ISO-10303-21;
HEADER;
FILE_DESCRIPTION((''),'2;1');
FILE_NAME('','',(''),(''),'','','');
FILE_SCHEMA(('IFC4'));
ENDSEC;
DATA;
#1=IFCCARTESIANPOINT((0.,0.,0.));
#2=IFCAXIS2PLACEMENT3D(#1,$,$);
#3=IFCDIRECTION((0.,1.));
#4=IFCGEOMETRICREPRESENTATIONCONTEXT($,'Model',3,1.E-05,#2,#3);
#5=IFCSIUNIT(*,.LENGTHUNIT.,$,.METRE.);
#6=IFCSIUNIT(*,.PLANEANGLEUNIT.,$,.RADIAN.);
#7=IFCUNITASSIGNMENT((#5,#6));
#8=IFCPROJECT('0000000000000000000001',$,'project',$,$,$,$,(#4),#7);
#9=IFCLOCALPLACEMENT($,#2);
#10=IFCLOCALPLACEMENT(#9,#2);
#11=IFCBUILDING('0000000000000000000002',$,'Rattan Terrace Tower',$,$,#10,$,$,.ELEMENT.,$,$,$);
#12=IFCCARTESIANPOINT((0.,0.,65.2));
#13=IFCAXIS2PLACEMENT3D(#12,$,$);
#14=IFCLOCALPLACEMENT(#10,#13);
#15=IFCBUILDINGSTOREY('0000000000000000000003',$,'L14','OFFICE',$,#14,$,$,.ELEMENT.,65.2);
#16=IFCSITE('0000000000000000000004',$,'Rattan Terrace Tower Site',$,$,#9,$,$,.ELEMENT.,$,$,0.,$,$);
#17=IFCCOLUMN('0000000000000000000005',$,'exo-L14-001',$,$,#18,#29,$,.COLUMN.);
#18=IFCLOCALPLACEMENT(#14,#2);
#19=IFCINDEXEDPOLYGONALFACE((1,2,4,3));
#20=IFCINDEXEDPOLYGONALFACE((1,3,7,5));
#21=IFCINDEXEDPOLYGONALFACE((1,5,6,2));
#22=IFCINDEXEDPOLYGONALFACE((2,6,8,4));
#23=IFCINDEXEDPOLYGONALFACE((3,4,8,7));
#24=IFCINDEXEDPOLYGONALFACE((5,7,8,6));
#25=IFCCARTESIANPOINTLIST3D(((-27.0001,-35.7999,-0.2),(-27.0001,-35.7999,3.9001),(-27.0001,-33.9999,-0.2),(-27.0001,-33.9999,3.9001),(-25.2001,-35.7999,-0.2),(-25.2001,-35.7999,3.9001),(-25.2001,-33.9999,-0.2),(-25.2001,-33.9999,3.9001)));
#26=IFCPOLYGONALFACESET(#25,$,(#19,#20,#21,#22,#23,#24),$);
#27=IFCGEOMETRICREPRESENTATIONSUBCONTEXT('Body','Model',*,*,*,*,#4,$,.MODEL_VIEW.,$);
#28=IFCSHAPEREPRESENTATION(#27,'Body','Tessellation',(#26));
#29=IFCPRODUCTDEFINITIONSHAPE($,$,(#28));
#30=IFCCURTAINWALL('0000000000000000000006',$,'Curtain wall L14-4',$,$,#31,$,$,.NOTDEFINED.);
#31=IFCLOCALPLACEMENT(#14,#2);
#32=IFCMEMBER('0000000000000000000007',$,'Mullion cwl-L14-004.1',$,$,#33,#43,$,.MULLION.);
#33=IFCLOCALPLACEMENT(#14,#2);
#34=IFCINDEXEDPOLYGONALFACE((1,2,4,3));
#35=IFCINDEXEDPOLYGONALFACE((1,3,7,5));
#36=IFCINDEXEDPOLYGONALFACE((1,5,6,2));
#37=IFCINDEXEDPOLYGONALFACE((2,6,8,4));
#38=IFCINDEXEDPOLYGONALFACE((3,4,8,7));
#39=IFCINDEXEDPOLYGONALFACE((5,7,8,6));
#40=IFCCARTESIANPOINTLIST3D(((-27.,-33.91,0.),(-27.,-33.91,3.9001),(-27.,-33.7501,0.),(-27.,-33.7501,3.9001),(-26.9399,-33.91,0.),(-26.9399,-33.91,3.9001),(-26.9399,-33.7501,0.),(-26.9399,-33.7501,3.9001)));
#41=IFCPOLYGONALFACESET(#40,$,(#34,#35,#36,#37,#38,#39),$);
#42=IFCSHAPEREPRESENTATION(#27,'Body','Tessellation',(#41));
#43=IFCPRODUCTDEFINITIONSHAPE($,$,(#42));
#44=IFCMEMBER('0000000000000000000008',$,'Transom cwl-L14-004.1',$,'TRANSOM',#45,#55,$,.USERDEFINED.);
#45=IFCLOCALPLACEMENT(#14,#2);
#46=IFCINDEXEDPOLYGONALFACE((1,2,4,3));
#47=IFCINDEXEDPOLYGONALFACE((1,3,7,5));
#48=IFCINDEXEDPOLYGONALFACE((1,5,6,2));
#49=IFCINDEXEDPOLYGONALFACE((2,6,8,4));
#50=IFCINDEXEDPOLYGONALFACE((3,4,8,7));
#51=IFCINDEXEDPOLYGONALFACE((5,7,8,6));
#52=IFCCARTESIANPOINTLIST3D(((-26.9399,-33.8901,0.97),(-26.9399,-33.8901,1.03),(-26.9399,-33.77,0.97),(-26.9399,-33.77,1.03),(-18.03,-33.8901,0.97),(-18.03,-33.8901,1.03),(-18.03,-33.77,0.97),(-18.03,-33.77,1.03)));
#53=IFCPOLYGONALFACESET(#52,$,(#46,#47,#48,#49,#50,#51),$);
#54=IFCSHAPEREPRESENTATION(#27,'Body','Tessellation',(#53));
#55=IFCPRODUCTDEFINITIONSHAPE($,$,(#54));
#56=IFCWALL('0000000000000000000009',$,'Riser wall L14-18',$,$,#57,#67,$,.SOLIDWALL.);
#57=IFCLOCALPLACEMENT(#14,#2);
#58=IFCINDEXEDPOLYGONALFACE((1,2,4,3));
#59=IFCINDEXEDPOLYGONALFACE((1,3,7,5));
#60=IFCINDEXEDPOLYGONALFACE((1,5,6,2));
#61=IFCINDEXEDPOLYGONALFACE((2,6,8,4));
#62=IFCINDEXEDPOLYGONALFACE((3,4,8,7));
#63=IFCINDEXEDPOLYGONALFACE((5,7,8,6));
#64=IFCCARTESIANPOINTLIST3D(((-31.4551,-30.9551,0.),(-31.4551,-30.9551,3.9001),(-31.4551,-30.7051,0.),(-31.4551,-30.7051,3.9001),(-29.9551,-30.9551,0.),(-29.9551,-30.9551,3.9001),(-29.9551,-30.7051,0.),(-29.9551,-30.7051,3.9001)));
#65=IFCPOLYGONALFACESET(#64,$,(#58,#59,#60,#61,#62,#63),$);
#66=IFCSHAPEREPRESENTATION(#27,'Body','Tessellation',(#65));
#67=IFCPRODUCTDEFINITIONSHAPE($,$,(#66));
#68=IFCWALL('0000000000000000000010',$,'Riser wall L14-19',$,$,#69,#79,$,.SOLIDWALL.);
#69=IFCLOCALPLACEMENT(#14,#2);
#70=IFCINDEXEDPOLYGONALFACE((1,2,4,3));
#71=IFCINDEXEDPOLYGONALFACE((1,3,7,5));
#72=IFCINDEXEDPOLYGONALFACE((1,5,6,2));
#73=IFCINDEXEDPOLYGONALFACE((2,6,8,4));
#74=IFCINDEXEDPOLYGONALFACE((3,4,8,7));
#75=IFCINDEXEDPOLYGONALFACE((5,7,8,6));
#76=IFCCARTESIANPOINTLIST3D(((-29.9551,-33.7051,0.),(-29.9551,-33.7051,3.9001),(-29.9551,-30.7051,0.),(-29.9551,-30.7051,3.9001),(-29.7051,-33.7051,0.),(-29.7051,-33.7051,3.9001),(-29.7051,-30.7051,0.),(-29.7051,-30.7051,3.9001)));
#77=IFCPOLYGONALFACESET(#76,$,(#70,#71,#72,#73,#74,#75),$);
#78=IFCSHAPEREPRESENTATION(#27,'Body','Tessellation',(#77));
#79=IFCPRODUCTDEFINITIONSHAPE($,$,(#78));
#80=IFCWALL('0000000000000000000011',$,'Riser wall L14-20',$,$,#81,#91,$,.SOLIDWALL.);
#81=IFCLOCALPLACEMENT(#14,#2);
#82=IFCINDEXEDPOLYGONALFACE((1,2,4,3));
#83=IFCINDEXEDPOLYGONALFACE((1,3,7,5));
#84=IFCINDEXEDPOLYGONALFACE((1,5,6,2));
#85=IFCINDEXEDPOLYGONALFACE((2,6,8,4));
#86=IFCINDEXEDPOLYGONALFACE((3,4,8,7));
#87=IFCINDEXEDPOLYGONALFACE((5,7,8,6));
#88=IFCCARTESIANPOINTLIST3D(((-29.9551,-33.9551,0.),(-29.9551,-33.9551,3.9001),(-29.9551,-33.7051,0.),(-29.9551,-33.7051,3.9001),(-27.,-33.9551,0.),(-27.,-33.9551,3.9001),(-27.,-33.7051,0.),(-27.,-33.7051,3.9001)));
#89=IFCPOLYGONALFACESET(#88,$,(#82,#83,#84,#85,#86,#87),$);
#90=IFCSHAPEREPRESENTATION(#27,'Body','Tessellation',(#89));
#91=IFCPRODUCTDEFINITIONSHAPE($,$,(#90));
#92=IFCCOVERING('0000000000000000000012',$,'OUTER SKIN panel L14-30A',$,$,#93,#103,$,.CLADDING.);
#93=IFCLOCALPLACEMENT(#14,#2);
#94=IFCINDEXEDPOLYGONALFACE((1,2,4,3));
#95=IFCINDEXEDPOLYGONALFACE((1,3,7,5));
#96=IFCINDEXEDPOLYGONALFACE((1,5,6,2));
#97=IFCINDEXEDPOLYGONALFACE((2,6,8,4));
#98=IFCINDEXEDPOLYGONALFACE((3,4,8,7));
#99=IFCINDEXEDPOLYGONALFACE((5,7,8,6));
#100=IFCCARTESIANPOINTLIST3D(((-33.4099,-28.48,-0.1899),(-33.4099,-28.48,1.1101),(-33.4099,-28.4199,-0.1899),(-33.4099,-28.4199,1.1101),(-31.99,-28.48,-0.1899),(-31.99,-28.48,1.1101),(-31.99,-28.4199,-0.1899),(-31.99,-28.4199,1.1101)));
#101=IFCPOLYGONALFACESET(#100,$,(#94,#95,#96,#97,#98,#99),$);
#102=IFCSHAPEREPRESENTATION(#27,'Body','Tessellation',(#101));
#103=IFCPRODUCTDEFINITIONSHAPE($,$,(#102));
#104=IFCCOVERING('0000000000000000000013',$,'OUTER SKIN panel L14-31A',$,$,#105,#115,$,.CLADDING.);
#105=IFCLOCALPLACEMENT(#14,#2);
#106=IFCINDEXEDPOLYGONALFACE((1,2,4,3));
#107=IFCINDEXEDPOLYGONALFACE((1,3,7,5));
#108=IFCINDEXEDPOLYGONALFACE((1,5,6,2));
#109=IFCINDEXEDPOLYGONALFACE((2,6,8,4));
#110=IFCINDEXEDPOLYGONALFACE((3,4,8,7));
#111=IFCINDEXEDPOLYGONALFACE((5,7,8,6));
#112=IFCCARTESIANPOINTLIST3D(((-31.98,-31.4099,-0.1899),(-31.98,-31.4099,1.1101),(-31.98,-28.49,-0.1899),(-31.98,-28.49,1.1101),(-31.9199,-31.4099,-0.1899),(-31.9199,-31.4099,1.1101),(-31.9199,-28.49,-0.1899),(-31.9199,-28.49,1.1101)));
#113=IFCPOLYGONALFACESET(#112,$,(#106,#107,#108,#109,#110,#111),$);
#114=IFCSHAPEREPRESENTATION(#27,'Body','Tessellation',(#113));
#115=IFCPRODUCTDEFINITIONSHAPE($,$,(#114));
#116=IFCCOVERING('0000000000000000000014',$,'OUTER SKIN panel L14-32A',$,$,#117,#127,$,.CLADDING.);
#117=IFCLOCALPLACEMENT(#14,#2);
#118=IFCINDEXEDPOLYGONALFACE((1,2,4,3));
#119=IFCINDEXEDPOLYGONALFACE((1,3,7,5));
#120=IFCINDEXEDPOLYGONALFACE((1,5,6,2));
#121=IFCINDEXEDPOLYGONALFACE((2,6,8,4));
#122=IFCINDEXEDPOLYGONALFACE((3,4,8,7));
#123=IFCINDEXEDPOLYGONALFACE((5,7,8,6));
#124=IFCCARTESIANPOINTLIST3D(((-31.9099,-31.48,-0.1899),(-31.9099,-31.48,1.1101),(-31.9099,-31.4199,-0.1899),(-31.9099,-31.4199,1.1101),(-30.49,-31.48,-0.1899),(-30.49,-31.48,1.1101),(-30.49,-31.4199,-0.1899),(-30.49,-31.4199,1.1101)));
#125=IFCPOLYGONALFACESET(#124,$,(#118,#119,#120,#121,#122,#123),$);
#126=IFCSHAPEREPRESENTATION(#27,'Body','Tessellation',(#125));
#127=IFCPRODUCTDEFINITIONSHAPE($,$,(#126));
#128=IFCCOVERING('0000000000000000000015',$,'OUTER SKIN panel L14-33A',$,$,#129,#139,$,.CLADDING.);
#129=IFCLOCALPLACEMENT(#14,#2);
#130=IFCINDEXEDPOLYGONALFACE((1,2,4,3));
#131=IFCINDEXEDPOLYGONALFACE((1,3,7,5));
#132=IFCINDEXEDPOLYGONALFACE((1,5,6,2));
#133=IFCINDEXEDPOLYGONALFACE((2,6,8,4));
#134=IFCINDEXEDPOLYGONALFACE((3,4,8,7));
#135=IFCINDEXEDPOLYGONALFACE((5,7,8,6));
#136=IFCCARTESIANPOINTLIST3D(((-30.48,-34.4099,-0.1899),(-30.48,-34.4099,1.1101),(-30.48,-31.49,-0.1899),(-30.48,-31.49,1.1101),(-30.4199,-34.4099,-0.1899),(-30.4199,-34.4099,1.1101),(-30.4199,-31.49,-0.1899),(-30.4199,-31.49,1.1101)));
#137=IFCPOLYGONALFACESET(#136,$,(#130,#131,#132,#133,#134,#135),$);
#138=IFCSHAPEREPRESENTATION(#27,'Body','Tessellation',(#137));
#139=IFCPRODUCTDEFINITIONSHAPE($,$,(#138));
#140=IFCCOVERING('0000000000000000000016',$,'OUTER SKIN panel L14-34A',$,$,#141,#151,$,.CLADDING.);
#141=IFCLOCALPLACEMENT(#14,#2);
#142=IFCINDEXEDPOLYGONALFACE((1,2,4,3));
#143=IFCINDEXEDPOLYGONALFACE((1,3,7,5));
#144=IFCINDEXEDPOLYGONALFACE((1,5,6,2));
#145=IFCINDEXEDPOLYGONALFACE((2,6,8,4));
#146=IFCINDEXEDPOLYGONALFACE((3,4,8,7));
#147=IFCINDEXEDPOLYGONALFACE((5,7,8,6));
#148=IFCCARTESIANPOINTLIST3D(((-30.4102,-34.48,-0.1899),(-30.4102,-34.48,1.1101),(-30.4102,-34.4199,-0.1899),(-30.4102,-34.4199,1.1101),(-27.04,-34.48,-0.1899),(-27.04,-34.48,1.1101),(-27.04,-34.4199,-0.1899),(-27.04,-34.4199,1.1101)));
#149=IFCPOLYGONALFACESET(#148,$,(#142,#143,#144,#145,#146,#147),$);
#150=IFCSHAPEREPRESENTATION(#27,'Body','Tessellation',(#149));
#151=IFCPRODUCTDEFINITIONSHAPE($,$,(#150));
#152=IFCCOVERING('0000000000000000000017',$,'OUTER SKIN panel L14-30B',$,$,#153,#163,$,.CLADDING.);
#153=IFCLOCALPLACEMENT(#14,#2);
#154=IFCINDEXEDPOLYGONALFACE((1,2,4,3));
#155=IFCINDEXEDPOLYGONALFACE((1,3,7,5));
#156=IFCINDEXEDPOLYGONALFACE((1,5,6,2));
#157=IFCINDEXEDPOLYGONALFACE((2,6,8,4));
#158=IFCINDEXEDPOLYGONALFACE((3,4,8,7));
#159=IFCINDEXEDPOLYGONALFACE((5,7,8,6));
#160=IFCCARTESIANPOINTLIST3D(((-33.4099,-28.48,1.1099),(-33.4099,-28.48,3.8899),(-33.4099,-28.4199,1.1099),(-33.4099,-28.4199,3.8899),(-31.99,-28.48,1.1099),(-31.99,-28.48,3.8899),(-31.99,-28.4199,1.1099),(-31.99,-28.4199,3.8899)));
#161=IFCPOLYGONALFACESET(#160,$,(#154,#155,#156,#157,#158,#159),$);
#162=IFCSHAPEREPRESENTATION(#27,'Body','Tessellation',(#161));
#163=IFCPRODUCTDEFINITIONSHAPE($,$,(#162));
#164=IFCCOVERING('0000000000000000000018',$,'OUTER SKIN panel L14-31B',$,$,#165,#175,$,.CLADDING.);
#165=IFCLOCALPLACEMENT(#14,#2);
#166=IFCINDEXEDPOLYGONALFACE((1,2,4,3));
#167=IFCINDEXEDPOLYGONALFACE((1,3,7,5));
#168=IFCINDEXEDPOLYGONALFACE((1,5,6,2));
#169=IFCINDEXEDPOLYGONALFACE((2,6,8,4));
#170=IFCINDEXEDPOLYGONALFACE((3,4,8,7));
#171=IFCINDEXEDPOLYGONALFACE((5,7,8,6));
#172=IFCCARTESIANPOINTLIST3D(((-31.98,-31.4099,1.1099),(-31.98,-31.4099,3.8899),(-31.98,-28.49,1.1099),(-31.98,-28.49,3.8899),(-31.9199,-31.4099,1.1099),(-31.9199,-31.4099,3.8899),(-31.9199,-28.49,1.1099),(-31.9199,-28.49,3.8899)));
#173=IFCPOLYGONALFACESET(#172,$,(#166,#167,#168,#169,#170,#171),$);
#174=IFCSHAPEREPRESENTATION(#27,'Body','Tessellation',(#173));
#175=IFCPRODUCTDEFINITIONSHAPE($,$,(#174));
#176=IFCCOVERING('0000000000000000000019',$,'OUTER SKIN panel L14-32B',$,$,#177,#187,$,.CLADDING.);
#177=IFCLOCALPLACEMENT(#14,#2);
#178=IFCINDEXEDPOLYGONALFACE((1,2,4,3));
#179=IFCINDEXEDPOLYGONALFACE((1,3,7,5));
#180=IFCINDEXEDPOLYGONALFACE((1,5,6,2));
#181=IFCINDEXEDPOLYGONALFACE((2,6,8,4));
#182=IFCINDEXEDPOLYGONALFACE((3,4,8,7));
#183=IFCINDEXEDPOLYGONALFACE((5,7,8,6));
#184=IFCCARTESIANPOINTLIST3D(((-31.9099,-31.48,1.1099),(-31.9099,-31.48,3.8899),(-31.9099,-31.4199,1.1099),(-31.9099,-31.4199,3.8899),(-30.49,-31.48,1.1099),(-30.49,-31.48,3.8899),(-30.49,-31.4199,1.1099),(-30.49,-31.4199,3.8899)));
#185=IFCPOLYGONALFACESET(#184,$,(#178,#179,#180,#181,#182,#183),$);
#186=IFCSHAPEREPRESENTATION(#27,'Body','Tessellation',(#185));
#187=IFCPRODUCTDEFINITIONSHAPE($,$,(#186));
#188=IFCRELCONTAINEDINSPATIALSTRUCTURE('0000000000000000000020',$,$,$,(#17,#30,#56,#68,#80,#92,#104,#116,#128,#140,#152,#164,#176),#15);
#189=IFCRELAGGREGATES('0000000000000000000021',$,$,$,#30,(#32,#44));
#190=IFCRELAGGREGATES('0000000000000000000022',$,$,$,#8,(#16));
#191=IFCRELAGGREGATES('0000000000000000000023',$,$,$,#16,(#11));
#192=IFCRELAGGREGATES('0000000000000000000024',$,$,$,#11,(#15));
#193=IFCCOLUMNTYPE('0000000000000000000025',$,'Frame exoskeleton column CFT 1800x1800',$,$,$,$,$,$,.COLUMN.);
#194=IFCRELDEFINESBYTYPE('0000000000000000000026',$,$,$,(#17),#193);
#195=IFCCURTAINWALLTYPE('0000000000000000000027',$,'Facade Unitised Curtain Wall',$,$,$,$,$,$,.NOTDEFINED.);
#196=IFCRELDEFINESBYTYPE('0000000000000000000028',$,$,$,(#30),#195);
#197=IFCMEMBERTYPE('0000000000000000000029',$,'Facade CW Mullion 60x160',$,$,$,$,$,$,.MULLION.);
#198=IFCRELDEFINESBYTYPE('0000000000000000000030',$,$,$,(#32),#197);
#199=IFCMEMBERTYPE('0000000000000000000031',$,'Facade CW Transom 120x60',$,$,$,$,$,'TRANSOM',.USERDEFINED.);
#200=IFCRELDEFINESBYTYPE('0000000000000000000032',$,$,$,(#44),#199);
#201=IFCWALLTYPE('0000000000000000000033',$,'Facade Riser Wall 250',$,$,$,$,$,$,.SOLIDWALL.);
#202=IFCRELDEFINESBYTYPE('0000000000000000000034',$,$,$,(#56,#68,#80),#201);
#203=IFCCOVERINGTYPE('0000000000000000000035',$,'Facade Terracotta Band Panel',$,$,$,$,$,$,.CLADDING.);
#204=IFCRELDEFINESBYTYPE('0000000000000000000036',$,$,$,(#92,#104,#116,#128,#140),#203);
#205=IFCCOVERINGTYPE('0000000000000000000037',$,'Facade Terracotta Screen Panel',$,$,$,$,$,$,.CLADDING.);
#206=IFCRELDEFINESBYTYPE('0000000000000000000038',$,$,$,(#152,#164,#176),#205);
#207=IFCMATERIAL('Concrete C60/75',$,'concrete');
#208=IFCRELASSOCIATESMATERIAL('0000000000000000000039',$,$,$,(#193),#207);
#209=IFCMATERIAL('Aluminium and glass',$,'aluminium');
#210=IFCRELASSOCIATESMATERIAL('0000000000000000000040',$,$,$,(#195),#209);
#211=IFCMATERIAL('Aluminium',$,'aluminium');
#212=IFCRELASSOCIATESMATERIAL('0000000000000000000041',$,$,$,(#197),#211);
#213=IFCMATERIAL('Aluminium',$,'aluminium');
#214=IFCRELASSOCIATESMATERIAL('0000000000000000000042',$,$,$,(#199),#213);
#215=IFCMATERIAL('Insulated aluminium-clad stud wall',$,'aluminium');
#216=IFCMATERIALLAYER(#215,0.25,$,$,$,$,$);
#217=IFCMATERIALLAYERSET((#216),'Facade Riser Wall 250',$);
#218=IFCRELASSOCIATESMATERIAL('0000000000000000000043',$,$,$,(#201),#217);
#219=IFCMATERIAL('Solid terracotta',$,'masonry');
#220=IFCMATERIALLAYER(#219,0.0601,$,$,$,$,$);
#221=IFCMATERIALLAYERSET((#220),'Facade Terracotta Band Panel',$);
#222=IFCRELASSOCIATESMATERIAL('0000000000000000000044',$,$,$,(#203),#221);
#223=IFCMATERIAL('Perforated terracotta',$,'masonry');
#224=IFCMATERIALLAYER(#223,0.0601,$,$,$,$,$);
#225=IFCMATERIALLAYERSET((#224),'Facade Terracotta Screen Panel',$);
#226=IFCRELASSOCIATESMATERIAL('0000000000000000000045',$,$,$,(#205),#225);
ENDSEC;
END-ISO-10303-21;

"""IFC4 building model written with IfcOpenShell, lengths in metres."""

from ifc_helpers import new_model, si_unit, direction, frame, frame_2d, origin, origin_2d, place, context, subcontext, project, spatial, rectangle, extrude, material, layer, layer_set, material_profile, profile_set, type_object, element, aggregate, save


model = new_model("IFC4")

# Units and contexts
model_context = context("Model", 3, precision=1e-05, world=origin(), true_north=direction((0.0, 1.0)))
body_context = subcontext(model_context, "Body", "Model", "MODEL_VIEW")
ifc_project = project(units=[si_unit("LENGTHUNIT", "METRE"), si_unit("PLANEANGLEUNIT", "RADIAN")], contexts=[model_context])

# Site, building, storey
site_placement = place(None, origin())
site = spatial("IfcSite", under=ifc_project, at=site_placement, Name="Rattan Terrace Tower Site", CompositionType="ELEMENT", RefElevation=0.0)
building_placement = place(site_placement, origin())
building = spatial("IfcBuilding", under=site, at=building_placement, Name="Rattan Terrace Tower", CompositionType="ELEMENT")
storey_placement = place(building_placement, frame((0.0, 0.0, 65.2)))
storey = spatial("IfcBuildingStorey", under=building, at=storey_placement, Name="L14", Description="OFFICE", CompositionType="ELEMENT", Elevation=65.2)

# Column
ifc_material_1 = material(Name="Concrete C60/75", Category="concrete")
ifc_material_profile_1 = material_profile(ifc_material_1, rectangle(XDim=1.8, YDim=1.8, at=origin_2d()), Name="CFT 1800x1800")
ifc_profile_set_1 = profile_set([ifc_material_profile_1], Name="Concrete C60/75")
column_type = type_object("IfcColumnType", Name="Frame exoskeleton column CFT 1800x1800", PredefinedType="COLUMN", material=ifc_profile_set_1)
column_placement = place(storey_placement, frame((-26.1001, -34.8999, -0.2), z_axis=(0.0, 0.0, 1.0), x_axis=(1.0, 0.0, 0.0)))
element("IfcColumn", 1, at=column_placement, inside=storey, type_object=column_type, Name="exo-L14-001", PredefinedType="COLUMN", context=body_context, shape_type="SweptSolid", body=[
    extrude(rectangle(XDim=1.8, YDim=1.8, at=origin_2d()), origin(), (0.0, 0.0, 1.0), 4.1001),
])

# Curtain wall, members
ifc_material_2 = material(Name="Aluminium and glass", Category="aluminium")
curtain_wall_type = type_object("IfcCurtainWallType", Name="Facade Unitised Curtain Wall", PredefinedType="NOTDEFINED", material=ifc_material_2)
curtain_wall_placement = place(storey_placement, origin())
curtain_wall = element("IfcCurtainWall", 2, at=curtain_wall_placement, inside=storey, type_object=curtain_wall_type, Name="Curtain wall L14-4", PredefinedType="NOTDEFINED")
ifc_material_3 = material(Name="Aluminium", Category="aluminium")
ifc_material_profile_2 = material_profile(ifc_material_3, rectangle(XDim=0.0601, YDim=0.1599, at=origin_2d()), Name="Aluminium 60x160")
ifc_profile_set_2 = profile_set([ifc_material_profile_2], Name="Aluminium")
member_type_1 = type_object("IfcMemberType", Name="Facade CW Mullion 60x160", PredefinedType="MULLION", material=ifc_profile_set_2)
member_1_placement = place(storey_placement, frame((-26.97, -33.8301, 0.0), z_axis=(0.0, 0.0, 1.0), x_axis=(1.0, 0.0, 0.0)))
member_1 = element("IfcMember", 3, at=member_1_placement, type_object=member_type_1, Name="Mullion cwl-L14-004.1", PredefinedType="MULLION", context=body_context, shape_type="SweptSolid", body=[
    extrude(rectangle(XDim=0.0601, YDim=0.1599, at=origin_2d()), origin(), (0.0, 0.0, 1.0), 3.9001),
])
ifc_material_4 = material(Name="Aluminium", Category="aluminium")
ifc_material_profile_3 = material_profile(ifc_material_4, rectangle(XDim=0.1201, YDim=0.0601, at=origin_2d()), Name="Aluminium 120x60")
ifc_profile_set_3 = profile_set([ifc_material_profile_3], Name="Aluminium")
member_type_2 = type_object("IfcMemberType", Name="Facade CW Transom 120x60", ElementType="TRANSOM", PredefinedType="USERDEFINED", material=ifc_profile_set_3)
member_2_placement = place(storey_placement, frame((-26.9399, -33.8301, 1.0), z_axis=(1.0, 0.0, 0.0), x_axis=(0.0, 1.0, 0.0)))
member_2 = element("IfcMember", 4, at=member_2_placement, type_object=member_type_2, Name="Transom cwl-L14-004.1", ObjectType="TRANSOM", PredefinedType="USERDEFINED", context=body_context, shape_type="SweptSolid", body=[
    extrude(rectangle(XDim=0.1201, YDim=0.0601, at=origin_2d()), origin(), (0.0, 0.0, 1.0), 8.9099),
])
aggregate(curtain_wall, [member_1, member_2])

# Walls
ifc_material_5 = material(Name="Insulated aluminium-clad stud wall", Category="aluminium")
ifc_layer_1 = layer(ifc_material_5, 0.25)
ifc_layer_set_1 = layer_set([ifc_layer_1], Name="Facade Riser Wall 250")
wall_type = type_object("IfcWallType", Name="Facade Riser Wall 250", PredefinedType="SOLIDWALL", material=ifc_layer_set_1)
wall_1_placement = place(storey_placement, frame((-31.4551, -30.8301, 0.0), z_axis=(0.0, 0.0, 1.0), x_axis=(1.0, 0.0, 0.0)))
element("IfcWall", 5, at=wall_1_placement, inside=storey, type_object=wall_type, Name="Riser wall L14-18", PredefinedType="SOLIDWALL", context=body_context, shape_type="SweptSolid", body=[
    extrude(rectangle(XDim=1.5, YDim=0.25, at=frame_2d((0.75, 0.0))), origin(), (0.0, 0.0, 1.0), 3.9001),
])
wall_2_placement = place(storey_placement, frame((-29.8301, -30.7051, 0.0), z_axis=(0.0, 0.0, 1.0), x_axis=(0.0, -1.0, 0.0)))
element("IfcWall", 6, at=wall_2_placement, inside=storey, type_object=wall_type, Name="Riser wall L14-19", PredefinedType="SOLIDWALL", context=body_context, shape_type="SweptSolid", body=[
    extrude(rectangle(XDim=3.0, YDim=0.25, at=frame_2d((1.5, 0.0))), origin(), (0.0, 0.0, 1.0), 3.9001),
])
wall_3_placement = place(storey_placement, frame((-29.9551, -33.8301, 0.0), z_axis=(0.0, 0.0, 1.0), x_axis=(1.0, 0.0, 0.0)))
element("IfcWall", 7, at=wall_3_placement, inside=storey, type_object=wall_type, Name="Riser wall L14-20", PredefinedType="SOLIDWALL", context=body_context, shape_type="SweptSolid", body=[
    extrude(rectangle(XDim=2.9551, YDim=0.25, at=frame_2d((1.4775, 0.0))), origin(), (0.0, 0.0, 1.0), 3.9001),
])

# Coverings
ifc_material_6 = material(Name="Solid terracotta", Category="masonry")
ifc_layer_2 = layer(ifc_material_6, 0.0601)
ifc_layer_set_2 = layer_set([ifc_layer_2], Name="Facade Terracotta Band Panel")
covering_type_1 = type_object("IfcCoveringType", Name="Facade Terracotta Band Panel", PredefinedType="CLADDING", material=ifc_layer_set_2)
covering_1_placement = place(storey_placement, frame((-32.7, -28.45, -0.1899), z_axis=(0.0, 0.0, 1.0), x_axis=(1.0, 0.0, 0.0)))
element("IfcCovering", 8, at=covering_1_placement, inside=storey, type_object=covering_type_1, Name="OUTER SKIN panel L14-30A", PredefinedType="CLADDING", context=body_context, shape_type="SweptSolid", body=[
    extrude(rectangle(XDim=1.4199, YDim=0.0601, at=origin_2d()), origin(), (0.0, 0.0, 1.0), 1.3),
])
covering_2_placement = place(storey_placement, frame((-31.95, -29.95, -0.1899), z_axis=(0.0, 0.0, 1.0), x_axis=(0.0, -1.0, 0.0)))
element("IfcCovering", 9, at=covering_2_placement, inside=storey, type_object=covering_type_1, Name="OUTER SKIN panel L14-31A", PredefinedType="CLADDING", context=body_context, shape_type="SweptSolid", body=[
    extrude(rectangle(XDim=2.9199, YDim=0.0601, at=origin_2d()), origin(), (0.0, 0.0, 1.0), 1.3),
])
covering_3_placement = place(storey_placement, frame((-31.2, -31.45, -0.1899), z_axis=(0.0, 0.0, 1.0), x_axis=(1.0, 0.0, 0.0)))
element("IfcCovering", 10, at=covering_3_placement, inside=storey, type_object=covering_type_1, Name="OUTER SKIN panel L14-32A", PredefinedType="CLADDING", context=body_context, shape_type="SweptSolid", body=[
    extrude(rectangle(XDim=1.4199, YDim=0.0601, at=origin_2d()), origin(), (0.0, 0.0, 1.0), 1.3),
])
covering_4_placement = place(storey_placement, frame((-30.45, -32.95, -0.1899), z_axis=(0.0, 0.0, 1.0), x_axis=(0.0, -1.0, 0.0)))
element("IfcCovering", 11, at=covering_4_placement, inside=storey, type_object=covering_type_1, Name="OUTER SKIN panel L14-33A", PredefinedType="CLADDING", context=body_context, shape_type="SweptSolid", body=[
    extrude(rectangle(XDim=2.9199, YDim=0.0601, at=origin_2d()), origin(), (0.0, 0.0, 1.0), 1.3),
])
covering_5_placement = place(storey_placement, frame((-28.7251, -34.45, -0.1899), z_axis=(0.0, 0.0, 1.0), x_axis=(1.0, 0.0, 0.0)))
element("IfcCovering", 12, at=covering_5_placement, inside=storey, type_object=covering_type_1, Name="OUTER SKIN panel L14-34A", PredefinedType="CLADDING", context=body_context, shape_type="SweptSolid", body=[
    extrude(rectangle(XDim=3.3701, YDim=0.0601, at=origin_2d()), origin(), (0.0, 0.0, 1.0), 1.3),
])
ifc_material_7 = material(Name="Perforated terracotta", Category="masonry")
ifc_layer_3 = layer(ifc_material_7, 0.0601)
ifc_layer_set_3 = layer_set([ifc_layer_3], Name="Facade Terracotta Screen Panel")
covering_type_2 = type_object("IfcCoveringType", Name="Facade Terracotta Screen Panel", PredefinedType="CLADDING", material=ifc_layer_set_3)
covering_6_placement = place(storey_placement, frame((-32.7, -28.45, 1.1099), z_axis=(0.0, 0.0, 1.0), x_axis=(1.0, 0.0, 0.0)))
element("IfcCovering", 13, at=covering_6_placement, inside=storey, type_object=covering_type_2, Name="OUTER SKIN panel L14-30B", PredefinedType="CLADDING", context=body_context, shape_type="SweptSolid", body=[
    extrude(rectangle(XDim=1.4199, YDim=0.0601, at=origin_2d()), origin(), (0.0, 0.0, 1.0), 2.78),
])
covering_7_placement = place(storey_placement, frame((-31.95, -29.95, 1.1099), z_axis=(0.0, 0.0, 1.0), x_axis=(0.0, -1.0, 0.0)))
element("IfcCovering", 14, at=covering_7_placement, inside=storey, type_object=covering_type_2, Name="OUTER SKIN panel L14-31B", PredefinedType="CLADDING", context=body_context, shape_type="SweptSolid", body=[
    extrude(rectangle(XDim=2.9199, YDim=0.0601, at=origin_2d()), origin(), (0.0, 0.0, 1.0), 2.78),
])
covering_8_placement = place(storey_placement, frame((-31.2, -31.45, 1.1099), z_axis=(0.0, 0.0, 1.0), x_axis=(1.0, 0.0, 0.0)))
element("IfcCovering", 15, at=covering_8_placement, inside=storey, type_object=covering_type_2, Name="OUTER SKIN panel L14-32B", PredefinedType="CLADDING", context=body_context, shape_type="SweptSolid", body=[
    extrude(rectangle(XDim=1.4199, YDim=0.0601, at=origin_2d()), origin(), (0.0, 0.0, 1.0), 2.78),
])

save(model, "model.ifc")
